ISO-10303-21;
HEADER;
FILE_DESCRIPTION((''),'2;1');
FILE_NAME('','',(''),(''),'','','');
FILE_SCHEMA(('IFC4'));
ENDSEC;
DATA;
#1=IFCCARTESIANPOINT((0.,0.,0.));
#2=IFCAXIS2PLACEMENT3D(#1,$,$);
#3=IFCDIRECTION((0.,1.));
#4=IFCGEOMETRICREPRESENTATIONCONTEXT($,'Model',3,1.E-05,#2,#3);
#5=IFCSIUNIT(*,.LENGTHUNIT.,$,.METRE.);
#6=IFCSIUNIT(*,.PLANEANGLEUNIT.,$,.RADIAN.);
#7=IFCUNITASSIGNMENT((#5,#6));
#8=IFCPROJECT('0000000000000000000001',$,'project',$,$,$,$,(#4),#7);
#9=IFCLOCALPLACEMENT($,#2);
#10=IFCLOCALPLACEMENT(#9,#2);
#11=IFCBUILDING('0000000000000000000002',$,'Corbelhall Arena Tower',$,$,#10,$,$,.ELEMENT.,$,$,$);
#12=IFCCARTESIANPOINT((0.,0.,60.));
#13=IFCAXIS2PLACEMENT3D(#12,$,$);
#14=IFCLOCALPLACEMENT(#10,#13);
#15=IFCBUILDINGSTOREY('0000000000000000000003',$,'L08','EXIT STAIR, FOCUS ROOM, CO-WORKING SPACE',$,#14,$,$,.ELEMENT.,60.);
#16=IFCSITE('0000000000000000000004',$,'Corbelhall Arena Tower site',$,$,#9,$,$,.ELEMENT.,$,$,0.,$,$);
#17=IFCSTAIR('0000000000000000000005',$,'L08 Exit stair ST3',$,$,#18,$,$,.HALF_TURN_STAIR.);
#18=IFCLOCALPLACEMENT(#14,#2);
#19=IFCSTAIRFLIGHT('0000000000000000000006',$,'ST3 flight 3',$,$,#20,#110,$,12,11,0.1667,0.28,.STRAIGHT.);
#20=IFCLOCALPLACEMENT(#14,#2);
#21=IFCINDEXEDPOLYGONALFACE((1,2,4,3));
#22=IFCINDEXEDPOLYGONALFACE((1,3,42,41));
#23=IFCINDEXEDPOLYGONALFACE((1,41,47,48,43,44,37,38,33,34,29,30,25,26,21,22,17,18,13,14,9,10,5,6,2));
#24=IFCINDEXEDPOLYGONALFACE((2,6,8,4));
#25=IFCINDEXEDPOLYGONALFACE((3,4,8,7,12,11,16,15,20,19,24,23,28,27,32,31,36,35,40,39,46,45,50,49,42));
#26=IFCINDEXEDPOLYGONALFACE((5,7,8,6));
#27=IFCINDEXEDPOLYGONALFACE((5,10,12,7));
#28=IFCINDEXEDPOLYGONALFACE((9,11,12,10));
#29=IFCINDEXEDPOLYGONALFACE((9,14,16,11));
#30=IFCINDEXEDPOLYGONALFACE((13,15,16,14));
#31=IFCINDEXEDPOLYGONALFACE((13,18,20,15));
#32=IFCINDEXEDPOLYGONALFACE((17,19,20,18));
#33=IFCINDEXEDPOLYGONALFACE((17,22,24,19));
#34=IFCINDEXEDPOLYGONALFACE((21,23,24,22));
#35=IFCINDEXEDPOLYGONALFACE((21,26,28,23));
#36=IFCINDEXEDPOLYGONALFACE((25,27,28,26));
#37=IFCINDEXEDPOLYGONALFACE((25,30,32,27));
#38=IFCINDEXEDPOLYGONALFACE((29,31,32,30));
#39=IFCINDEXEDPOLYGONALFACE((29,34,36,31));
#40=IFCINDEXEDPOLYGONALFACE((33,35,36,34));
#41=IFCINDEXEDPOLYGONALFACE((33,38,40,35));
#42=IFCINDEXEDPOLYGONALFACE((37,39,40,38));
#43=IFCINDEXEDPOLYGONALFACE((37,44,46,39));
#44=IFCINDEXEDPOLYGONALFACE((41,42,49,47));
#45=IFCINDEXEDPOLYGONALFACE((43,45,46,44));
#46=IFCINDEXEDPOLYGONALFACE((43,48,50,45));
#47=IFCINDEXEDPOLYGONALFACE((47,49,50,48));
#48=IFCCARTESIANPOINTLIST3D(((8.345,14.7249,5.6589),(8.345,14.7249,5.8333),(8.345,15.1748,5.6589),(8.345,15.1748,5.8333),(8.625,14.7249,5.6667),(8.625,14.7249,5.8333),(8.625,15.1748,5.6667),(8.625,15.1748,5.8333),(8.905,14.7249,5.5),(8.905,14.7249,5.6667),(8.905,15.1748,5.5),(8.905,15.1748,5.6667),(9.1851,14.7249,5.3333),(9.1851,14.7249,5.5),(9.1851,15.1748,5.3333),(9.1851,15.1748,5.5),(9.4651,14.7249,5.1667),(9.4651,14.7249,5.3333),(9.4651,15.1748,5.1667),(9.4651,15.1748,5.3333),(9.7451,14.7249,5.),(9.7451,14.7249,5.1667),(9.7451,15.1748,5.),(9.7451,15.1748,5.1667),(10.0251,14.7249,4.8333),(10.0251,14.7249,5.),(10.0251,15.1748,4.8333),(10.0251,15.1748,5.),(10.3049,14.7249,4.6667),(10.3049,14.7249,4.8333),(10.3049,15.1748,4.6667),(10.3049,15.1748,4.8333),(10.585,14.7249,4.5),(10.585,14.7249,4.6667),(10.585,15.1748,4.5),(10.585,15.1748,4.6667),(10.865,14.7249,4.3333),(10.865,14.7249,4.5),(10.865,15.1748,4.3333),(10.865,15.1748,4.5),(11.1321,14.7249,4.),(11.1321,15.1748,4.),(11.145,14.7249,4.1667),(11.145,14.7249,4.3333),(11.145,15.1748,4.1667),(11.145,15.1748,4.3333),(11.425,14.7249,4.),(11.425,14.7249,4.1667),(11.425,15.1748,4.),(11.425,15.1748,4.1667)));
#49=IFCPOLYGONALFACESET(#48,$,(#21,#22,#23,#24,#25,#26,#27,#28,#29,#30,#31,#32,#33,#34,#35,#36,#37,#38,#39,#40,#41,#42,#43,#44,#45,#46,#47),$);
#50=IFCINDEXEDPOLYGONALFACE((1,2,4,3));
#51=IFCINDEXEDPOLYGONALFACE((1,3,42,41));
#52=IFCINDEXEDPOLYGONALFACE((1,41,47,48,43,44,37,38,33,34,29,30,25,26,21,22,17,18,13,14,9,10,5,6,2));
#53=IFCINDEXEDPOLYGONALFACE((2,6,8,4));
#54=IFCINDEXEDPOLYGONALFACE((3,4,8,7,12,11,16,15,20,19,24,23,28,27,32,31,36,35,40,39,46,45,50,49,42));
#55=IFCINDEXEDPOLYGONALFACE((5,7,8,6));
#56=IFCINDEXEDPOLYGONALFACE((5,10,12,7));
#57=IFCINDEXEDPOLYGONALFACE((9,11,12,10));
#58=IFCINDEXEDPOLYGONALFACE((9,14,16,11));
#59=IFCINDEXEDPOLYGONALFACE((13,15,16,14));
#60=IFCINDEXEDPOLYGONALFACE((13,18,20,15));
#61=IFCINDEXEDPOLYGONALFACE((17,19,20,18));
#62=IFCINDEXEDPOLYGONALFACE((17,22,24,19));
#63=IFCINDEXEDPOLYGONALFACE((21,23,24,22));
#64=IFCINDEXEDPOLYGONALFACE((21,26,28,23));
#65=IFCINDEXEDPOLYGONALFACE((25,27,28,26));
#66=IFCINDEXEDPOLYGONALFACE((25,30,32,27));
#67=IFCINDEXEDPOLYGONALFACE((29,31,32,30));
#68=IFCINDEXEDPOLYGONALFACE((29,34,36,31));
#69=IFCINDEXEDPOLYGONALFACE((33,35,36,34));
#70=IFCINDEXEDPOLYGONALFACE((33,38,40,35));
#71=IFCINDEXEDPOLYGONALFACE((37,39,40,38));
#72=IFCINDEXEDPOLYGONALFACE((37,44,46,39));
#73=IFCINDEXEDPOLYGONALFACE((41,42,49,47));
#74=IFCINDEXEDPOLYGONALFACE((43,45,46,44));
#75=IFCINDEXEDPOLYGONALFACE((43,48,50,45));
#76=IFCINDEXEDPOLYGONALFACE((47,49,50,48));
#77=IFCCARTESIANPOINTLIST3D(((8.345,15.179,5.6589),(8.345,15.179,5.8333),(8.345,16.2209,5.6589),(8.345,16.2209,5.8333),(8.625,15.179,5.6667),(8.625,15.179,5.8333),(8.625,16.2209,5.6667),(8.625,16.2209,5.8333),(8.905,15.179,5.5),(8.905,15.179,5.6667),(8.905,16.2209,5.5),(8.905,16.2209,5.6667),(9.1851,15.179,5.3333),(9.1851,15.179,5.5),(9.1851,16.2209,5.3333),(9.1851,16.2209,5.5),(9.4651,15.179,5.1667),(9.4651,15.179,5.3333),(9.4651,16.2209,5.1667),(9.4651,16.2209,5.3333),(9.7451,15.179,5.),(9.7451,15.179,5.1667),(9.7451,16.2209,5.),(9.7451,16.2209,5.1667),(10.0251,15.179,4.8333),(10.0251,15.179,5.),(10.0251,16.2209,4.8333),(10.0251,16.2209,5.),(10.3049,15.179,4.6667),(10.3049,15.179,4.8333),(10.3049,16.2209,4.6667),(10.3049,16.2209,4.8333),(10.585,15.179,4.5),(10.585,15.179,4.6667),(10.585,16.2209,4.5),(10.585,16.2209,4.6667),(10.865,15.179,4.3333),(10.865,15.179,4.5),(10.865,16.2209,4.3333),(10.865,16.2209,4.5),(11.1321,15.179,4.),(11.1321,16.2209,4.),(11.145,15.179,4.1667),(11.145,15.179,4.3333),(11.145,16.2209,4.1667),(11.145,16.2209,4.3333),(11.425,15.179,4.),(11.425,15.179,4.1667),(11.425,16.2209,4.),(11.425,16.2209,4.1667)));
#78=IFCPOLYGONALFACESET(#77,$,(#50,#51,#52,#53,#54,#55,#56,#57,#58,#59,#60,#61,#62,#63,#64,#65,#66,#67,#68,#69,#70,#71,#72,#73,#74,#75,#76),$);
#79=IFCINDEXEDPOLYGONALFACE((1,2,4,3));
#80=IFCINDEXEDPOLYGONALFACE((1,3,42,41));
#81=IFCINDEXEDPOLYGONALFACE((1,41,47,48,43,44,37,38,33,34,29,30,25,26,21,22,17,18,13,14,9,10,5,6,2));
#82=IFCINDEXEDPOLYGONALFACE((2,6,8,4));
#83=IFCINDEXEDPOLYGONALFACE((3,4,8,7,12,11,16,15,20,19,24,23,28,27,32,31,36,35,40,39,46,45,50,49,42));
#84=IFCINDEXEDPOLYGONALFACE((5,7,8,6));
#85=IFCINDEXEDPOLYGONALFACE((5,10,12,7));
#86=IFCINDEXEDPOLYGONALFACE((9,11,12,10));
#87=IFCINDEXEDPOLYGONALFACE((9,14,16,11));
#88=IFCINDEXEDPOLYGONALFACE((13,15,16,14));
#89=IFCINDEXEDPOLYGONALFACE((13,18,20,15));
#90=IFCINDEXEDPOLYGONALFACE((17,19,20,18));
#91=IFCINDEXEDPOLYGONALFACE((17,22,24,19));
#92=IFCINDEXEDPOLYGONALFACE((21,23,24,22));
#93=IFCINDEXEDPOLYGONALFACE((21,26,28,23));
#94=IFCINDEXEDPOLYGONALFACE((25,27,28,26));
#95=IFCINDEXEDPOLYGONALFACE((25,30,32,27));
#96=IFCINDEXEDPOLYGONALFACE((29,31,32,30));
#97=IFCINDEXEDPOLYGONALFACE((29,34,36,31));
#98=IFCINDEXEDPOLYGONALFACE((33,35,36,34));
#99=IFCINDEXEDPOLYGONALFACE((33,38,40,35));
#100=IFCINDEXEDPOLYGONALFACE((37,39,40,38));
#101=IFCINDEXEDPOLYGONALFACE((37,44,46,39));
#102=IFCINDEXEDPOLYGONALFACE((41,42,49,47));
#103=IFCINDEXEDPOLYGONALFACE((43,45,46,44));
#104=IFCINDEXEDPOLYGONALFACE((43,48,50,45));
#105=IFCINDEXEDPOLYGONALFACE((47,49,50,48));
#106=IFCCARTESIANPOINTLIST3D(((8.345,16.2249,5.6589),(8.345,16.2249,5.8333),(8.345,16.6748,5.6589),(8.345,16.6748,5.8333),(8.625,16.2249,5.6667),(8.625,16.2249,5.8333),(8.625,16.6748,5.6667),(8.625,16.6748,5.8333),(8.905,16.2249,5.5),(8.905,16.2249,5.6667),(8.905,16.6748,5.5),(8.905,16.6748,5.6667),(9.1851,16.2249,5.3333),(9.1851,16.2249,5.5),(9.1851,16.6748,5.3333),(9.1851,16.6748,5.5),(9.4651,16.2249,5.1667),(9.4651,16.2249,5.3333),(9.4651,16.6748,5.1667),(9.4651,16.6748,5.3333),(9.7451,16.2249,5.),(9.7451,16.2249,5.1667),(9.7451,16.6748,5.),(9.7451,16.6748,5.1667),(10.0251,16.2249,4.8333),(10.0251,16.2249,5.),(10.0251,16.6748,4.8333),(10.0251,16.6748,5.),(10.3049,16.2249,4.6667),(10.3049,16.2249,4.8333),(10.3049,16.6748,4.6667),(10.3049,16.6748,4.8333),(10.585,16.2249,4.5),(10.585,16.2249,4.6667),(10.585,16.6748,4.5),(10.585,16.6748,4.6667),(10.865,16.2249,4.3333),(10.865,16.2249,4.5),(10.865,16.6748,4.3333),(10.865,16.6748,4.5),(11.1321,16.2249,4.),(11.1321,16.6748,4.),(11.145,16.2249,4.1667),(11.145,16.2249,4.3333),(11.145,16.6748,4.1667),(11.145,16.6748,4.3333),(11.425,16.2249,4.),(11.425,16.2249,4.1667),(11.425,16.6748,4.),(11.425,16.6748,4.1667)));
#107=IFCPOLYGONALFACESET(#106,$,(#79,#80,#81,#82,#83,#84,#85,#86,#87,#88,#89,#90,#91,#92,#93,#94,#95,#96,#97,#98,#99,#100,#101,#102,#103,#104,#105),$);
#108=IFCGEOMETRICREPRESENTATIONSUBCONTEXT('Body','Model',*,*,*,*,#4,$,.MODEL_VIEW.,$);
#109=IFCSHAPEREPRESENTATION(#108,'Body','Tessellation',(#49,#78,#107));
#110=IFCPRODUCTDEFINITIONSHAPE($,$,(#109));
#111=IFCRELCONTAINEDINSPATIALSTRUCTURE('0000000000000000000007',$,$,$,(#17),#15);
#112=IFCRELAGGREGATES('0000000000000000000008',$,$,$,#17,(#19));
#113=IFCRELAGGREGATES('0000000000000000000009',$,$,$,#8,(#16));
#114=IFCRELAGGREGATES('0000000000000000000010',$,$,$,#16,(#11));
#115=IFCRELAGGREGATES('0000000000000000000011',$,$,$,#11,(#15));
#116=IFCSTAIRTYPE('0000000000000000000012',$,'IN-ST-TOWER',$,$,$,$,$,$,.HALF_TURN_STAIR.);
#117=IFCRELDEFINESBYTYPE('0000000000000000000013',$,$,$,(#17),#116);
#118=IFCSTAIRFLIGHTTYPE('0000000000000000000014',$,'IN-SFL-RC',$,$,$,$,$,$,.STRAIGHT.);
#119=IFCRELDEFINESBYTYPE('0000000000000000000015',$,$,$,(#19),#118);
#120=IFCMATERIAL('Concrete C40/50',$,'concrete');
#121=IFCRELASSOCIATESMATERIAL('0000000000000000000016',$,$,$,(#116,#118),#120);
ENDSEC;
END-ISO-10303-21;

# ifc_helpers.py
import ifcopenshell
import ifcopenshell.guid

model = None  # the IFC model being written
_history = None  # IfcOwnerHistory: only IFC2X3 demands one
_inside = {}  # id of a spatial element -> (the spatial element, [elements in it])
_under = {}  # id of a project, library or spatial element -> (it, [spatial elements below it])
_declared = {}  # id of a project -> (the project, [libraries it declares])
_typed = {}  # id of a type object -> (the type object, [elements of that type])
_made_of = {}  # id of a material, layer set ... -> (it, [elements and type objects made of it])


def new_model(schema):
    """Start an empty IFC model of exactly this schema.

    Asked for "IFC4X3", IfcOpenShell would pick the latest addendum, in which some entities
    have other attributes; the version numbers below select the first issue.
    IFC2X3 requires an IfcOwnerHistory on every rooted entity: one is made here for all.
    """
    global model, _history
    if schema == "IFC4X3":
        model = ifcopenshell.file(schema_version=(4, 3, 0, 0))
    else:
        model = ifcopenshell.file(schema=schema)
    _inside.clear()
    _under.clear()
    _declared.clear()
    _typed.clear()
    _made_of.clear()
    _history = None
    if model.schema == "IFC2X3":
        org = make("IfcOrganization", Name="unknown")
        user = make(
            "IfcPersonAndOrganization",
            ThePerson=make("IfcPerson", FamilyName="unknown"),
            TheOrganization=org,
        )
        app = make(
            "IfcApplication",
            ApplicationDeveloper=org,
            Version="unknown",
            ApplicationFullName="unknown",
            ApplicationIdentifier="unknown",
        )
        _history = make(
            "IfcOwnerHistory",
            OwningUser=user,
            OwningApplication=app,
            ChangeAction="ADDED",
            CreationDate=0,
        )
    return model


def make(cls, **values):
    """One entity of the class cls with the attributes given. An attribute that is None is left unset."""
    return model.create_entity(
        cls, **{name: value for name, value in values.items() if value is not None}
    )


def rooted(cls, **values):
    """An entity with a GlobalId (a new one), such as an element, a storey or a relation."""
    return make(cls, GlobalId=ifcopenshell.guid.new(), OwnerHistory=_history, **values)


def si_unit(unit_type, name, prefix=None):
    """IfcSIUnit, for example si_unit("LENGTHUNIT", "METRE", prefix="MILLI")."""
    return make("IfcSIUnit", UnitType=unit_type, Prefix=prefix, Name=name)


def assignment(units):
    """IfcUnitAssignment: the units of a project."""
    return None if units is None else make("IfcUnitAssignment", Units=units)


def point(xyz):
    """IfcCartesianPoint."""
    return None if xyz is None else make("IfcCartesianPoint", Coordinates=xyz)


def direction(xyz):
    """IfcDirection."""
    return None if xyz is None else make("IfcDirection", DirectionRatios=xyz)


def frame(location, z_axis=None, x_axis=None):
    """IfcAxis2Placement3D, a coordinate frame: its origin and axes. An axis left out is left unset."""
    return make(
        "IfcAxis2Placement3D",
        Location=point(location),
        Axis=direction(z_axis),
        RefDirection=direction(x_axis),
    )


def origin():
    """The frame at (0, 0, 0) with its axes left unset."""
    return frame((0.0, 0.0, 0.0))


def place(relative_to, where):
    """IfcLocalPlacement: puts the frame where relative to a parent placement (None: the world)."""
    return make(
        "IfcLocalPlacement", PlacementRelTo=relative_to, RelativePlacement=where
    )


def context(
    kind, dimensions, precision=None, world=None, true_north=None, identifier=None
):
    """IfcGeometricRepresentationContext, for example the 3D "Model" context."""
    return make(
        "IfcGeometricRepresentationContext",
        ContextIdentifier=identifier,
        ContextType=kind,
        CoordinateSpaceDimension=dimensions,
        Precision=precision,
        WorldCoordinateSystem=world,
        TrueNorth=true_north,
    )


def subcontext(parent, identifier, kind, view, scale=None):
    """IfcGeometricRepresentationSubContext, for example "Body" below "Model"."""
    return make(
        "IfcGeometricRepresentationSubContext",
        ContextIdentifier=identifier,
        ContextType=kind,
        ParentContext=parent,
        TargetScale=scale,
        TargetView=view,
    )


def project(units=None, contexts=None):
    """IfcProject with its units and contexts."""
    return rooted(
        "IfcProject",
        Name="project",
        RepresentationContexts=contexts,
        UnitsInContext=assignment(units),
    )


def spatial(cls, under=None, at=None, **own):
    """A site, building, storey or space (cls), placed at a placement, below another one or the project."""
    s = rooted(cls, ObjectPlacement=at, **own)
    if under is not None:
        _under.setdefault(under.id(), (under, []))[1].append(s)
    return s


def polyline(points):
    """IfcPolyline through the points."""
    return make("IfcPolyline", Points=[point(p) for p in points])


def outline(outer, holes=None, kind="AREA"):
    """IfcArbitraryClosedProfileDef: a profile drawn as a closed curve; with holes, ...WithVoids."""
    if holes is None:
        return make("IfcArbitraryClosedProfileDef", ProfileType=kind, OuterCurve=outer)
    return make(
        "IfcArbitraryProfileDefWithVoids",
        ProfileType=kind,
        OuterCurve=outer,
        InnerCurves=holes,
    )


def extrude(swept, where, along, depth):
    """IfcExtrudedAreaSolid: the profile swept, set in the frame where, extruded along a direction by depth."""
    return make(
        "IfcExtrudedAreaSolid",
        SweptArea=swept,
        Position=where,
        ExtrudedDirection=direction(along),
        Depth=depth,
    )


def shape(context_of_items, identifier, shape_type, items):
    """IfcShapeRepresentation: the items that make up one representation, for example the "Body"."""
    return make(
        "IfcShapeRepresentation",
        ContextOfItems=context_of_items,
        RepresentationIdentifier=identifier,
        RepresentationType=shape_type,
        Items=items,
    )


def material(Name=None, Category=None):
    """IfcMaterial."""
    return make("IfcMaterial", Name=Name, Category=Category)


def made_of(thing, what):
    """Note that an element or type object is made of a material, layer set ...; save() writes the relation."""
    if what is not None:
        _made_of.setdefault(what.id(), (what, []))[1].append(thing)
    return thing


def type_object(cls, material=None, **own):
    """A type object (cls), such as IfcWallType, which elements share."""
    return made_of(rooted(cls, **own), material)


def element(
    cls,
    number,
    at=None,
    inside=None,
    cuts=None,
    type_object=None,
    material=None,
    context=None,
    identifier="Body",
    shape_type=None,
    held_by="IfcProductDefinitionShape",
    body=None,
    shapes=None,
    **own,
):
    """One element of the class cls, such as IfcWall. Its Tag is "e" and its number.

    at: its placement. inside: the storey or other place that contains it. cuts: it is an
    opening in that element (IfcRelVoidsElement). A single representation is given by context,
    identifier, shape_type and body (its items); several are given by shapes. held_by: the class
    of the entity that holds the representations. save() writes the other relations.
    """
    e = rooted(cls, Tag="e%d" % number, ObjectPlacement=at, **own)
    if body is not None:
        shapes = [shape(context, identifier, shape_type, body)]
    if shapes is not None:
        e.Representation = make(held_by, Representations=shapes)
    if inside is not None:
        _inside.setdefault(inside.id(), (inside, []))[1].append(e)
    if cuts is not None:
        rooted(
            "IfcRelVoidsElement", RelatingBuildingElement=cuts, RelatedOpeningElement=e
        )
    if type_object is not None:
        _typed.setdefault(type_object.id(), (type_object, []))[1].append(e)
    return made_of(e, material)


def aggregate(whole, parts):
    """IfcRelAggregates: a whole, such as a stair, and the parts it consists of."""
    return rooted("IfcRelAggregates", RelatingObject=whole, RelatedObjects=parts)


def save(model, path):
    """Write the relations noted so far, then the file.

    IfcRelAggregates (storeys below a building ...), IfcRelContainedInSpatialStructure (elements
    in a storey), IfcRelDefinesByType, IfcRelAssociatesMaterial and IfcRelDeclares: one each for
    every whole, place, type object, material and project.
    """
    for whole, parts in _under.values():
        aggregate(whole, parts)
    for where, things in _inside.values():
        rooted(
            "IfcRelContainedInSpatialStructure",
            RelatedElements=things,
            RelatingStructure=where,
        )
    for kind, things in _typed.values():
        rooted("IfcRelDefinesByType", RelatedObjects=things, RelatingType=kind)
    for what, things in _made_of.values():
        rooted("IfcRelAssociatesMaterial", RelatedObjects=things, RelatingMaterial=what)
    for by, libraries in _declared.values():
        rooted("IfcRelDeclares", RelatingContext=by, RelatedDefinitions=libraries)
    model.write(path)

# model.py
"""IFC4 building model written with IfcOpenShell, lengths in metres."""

from ifc_helpers import new_model, si_unit, direction, frame, origin, place, context, subcontext, project, spatial, polyline, outline, extrude, material, type_object, element, aggregate, save


model = new_model("IFC4")

# Units and contexts
model_context = context("Model", 3, precision=1e-05, world=origin(), true_north=direction((0.0, 1.0)))
body_context = subcontext(model_context, "Body", "Model", "MODEL_VIEW")
ifc_project = project(units=[si_unit("LENGTHUNIT", "METRE"), si_unit("PLANEANGLEUNIT", "RADIAN")], contexts=[model_context])

# Site, building, storey
site_placement = place(None, origin())
site = spatial("IfcSite", under=ifc_project, at=site_placement, Name="Corbelhall Arena Tower site", CompositionType="ELEMENT", RefElevation=0.0)
building_placement = place(site_placement, origin())
building = spatial("IfcBuilding", under=site, at=building_placement, Name="Corbelhall Arena Tower", CompositionType="ELEMENT")
storey_placement = place(building_placement, frame((0.0, 0.0, 60.0)))
storey = spatial("IfcBuildingStorey", under=building, at=storey_placement, Name="L08", Description="EXIT STAIR, FOCUS ROOM, CO-WORKING SPACE", CompositionType="ELEMENT", Elevation=60.0)

# Shared definitions
ifc_material_1 = material(Name="Concrete C40/50", Category="concrete")

# Stair, stair flight
stair_type = type_object("IfcStairType", Name="IN-ST-TOWER", PredefinedType="HALF_TURN_STAIR", material=ifc_material_1)
stair_placement = place(storey_placement, origin())
stair = element("IfcStair", 1, at=stair_placement, inside=storey, type_object=stair_type, Name="L08 Exit stair ST3", PredefinedType="HALF_TURN_STAIR")
stair_flight_type = type_object("IfcStairFlightType", Name="IN-SFL-RC", PredefinedType="STRAIGHT", material=ifc_material_1)
stair_flight_1_placement = place(storey_placement, frame((11.425, 15.7, 4.0), z_axis=(0.0, 0.0, 1.0), x_axis=(-1.0, 0.0, 0.0)))
stair_flight_1 = element("IfcStairFlight", 2, at=stair_flight_1_placement, type_object=stair_flight_type, Name="ST3 flight 3", NumberOfRisers=12, NumberOfTreads=11, PredefinedType="STRAIGHT", RiserHeight=0.1667, TreadLength=0.28, context=body_context, shape_type="SweptSolid", body=[
    extrude(outline(polyline([(0.0, 0.0), (0.0, 0.1667), (0.28, 0.1667), (0.28, 0.3333), (0.5601, 0.3333), (0.5601, 0.5), (0.8401, 0.5), (0.8401, 0.6667), (1.1201, 0.6667), (1.1201, 0.8333), (1.3999, 0.8333), (1.3999, 1.0), (1.6799, 1.0), (1.6799, 1.1667), (1.96, 1.1667), (1.96, 1.3333), (2.24, 1.3333), (2.24, 1.5), (2.52, 1.5), (2.52, 1.6667), (2.8, 1.6667), (2.8, 1.8333), (3.0801, 1.8333), (3.0801, 2.0), (3.0801, 1.6589), (0.293, 0.0), (0.0, 0.0)])), frame((0.0, 0.9751, 0.0), z_axis=(0.0, -1.0, 0.0), x_axis=(1.0, 0.0, 0.0)), (0.0, 0.0, 1.0), 0.45),
    extrude(outline(polyline([(0.0, 0.0), (0.0, 0.1667), (0.28, 0.1667), (0.28, 0.3333), (0.5601, 0.3333), (0.5601, 0.5), (0.8401, 0.5), (0.8401, 0.6667), (1.1201, 0.6667), (1.1201, 0.8333), (1.3999, 0.8333), (1.3999, 1.0), (1.6799, 1.0), (1.6799, 1.1667), (1.96, 1.1667), (1.96, 1.3333), (2.24, 1.3333), (2.24, 1.5), (2.52, 1.5), (2.52, 1.6667), (2.8, 1.6667), (2.8, 1.8333), (3.0801, 1.8333), (3.0801, 2.0), (3.0801, 1.6589), (0.293, 0.0), (0.0, 0.0)])), frame((0.0, 0.521, 0.0), z_axis=(0.0, -1.0, 0.0), x_axis=(1.0, 0.0, 0.0)), (0.0, 0.0, 1.0), 1.042),
    extrude(outline(polyline([(0.0, 0.0), (0.0, 0.1667), (0.28, 0.1667), (0.28, 0.3333), (0.5601, 0.3333), (0.5601, 0.5), (0.8401, 0.5), (0.8401, 0.6667), (1.1201, 0.6667), (1.1201, 0.8333), (1.3999, 0.8333), (1.3999, 1.0), (1.6799, 1.0), (1.6799, 1.1667), (1.96, 1.1667), (1.96, 1.3333), (2.24, 1.3333), (2.24, 1.5), (2.52, 1.5), (2.52, 1.6667), (2.8, 1.6667), (2.8, 1.8333), (3.0801, 1.8333), (3.0801, 2.0), (3.0801, 1.6589), (0.293, 0.0), (0.0, 0.0)])), frame((0.0, -0.5249, 0.0), z_axis=(0.0, -1.0, 0.0), x_axis=(1.0, 0.0, 0.0)), (0.0, 0.0, 1.0), 0.45),
])
aggregate(stair, [stair_flight_1])

save(model, "model.ifc")
